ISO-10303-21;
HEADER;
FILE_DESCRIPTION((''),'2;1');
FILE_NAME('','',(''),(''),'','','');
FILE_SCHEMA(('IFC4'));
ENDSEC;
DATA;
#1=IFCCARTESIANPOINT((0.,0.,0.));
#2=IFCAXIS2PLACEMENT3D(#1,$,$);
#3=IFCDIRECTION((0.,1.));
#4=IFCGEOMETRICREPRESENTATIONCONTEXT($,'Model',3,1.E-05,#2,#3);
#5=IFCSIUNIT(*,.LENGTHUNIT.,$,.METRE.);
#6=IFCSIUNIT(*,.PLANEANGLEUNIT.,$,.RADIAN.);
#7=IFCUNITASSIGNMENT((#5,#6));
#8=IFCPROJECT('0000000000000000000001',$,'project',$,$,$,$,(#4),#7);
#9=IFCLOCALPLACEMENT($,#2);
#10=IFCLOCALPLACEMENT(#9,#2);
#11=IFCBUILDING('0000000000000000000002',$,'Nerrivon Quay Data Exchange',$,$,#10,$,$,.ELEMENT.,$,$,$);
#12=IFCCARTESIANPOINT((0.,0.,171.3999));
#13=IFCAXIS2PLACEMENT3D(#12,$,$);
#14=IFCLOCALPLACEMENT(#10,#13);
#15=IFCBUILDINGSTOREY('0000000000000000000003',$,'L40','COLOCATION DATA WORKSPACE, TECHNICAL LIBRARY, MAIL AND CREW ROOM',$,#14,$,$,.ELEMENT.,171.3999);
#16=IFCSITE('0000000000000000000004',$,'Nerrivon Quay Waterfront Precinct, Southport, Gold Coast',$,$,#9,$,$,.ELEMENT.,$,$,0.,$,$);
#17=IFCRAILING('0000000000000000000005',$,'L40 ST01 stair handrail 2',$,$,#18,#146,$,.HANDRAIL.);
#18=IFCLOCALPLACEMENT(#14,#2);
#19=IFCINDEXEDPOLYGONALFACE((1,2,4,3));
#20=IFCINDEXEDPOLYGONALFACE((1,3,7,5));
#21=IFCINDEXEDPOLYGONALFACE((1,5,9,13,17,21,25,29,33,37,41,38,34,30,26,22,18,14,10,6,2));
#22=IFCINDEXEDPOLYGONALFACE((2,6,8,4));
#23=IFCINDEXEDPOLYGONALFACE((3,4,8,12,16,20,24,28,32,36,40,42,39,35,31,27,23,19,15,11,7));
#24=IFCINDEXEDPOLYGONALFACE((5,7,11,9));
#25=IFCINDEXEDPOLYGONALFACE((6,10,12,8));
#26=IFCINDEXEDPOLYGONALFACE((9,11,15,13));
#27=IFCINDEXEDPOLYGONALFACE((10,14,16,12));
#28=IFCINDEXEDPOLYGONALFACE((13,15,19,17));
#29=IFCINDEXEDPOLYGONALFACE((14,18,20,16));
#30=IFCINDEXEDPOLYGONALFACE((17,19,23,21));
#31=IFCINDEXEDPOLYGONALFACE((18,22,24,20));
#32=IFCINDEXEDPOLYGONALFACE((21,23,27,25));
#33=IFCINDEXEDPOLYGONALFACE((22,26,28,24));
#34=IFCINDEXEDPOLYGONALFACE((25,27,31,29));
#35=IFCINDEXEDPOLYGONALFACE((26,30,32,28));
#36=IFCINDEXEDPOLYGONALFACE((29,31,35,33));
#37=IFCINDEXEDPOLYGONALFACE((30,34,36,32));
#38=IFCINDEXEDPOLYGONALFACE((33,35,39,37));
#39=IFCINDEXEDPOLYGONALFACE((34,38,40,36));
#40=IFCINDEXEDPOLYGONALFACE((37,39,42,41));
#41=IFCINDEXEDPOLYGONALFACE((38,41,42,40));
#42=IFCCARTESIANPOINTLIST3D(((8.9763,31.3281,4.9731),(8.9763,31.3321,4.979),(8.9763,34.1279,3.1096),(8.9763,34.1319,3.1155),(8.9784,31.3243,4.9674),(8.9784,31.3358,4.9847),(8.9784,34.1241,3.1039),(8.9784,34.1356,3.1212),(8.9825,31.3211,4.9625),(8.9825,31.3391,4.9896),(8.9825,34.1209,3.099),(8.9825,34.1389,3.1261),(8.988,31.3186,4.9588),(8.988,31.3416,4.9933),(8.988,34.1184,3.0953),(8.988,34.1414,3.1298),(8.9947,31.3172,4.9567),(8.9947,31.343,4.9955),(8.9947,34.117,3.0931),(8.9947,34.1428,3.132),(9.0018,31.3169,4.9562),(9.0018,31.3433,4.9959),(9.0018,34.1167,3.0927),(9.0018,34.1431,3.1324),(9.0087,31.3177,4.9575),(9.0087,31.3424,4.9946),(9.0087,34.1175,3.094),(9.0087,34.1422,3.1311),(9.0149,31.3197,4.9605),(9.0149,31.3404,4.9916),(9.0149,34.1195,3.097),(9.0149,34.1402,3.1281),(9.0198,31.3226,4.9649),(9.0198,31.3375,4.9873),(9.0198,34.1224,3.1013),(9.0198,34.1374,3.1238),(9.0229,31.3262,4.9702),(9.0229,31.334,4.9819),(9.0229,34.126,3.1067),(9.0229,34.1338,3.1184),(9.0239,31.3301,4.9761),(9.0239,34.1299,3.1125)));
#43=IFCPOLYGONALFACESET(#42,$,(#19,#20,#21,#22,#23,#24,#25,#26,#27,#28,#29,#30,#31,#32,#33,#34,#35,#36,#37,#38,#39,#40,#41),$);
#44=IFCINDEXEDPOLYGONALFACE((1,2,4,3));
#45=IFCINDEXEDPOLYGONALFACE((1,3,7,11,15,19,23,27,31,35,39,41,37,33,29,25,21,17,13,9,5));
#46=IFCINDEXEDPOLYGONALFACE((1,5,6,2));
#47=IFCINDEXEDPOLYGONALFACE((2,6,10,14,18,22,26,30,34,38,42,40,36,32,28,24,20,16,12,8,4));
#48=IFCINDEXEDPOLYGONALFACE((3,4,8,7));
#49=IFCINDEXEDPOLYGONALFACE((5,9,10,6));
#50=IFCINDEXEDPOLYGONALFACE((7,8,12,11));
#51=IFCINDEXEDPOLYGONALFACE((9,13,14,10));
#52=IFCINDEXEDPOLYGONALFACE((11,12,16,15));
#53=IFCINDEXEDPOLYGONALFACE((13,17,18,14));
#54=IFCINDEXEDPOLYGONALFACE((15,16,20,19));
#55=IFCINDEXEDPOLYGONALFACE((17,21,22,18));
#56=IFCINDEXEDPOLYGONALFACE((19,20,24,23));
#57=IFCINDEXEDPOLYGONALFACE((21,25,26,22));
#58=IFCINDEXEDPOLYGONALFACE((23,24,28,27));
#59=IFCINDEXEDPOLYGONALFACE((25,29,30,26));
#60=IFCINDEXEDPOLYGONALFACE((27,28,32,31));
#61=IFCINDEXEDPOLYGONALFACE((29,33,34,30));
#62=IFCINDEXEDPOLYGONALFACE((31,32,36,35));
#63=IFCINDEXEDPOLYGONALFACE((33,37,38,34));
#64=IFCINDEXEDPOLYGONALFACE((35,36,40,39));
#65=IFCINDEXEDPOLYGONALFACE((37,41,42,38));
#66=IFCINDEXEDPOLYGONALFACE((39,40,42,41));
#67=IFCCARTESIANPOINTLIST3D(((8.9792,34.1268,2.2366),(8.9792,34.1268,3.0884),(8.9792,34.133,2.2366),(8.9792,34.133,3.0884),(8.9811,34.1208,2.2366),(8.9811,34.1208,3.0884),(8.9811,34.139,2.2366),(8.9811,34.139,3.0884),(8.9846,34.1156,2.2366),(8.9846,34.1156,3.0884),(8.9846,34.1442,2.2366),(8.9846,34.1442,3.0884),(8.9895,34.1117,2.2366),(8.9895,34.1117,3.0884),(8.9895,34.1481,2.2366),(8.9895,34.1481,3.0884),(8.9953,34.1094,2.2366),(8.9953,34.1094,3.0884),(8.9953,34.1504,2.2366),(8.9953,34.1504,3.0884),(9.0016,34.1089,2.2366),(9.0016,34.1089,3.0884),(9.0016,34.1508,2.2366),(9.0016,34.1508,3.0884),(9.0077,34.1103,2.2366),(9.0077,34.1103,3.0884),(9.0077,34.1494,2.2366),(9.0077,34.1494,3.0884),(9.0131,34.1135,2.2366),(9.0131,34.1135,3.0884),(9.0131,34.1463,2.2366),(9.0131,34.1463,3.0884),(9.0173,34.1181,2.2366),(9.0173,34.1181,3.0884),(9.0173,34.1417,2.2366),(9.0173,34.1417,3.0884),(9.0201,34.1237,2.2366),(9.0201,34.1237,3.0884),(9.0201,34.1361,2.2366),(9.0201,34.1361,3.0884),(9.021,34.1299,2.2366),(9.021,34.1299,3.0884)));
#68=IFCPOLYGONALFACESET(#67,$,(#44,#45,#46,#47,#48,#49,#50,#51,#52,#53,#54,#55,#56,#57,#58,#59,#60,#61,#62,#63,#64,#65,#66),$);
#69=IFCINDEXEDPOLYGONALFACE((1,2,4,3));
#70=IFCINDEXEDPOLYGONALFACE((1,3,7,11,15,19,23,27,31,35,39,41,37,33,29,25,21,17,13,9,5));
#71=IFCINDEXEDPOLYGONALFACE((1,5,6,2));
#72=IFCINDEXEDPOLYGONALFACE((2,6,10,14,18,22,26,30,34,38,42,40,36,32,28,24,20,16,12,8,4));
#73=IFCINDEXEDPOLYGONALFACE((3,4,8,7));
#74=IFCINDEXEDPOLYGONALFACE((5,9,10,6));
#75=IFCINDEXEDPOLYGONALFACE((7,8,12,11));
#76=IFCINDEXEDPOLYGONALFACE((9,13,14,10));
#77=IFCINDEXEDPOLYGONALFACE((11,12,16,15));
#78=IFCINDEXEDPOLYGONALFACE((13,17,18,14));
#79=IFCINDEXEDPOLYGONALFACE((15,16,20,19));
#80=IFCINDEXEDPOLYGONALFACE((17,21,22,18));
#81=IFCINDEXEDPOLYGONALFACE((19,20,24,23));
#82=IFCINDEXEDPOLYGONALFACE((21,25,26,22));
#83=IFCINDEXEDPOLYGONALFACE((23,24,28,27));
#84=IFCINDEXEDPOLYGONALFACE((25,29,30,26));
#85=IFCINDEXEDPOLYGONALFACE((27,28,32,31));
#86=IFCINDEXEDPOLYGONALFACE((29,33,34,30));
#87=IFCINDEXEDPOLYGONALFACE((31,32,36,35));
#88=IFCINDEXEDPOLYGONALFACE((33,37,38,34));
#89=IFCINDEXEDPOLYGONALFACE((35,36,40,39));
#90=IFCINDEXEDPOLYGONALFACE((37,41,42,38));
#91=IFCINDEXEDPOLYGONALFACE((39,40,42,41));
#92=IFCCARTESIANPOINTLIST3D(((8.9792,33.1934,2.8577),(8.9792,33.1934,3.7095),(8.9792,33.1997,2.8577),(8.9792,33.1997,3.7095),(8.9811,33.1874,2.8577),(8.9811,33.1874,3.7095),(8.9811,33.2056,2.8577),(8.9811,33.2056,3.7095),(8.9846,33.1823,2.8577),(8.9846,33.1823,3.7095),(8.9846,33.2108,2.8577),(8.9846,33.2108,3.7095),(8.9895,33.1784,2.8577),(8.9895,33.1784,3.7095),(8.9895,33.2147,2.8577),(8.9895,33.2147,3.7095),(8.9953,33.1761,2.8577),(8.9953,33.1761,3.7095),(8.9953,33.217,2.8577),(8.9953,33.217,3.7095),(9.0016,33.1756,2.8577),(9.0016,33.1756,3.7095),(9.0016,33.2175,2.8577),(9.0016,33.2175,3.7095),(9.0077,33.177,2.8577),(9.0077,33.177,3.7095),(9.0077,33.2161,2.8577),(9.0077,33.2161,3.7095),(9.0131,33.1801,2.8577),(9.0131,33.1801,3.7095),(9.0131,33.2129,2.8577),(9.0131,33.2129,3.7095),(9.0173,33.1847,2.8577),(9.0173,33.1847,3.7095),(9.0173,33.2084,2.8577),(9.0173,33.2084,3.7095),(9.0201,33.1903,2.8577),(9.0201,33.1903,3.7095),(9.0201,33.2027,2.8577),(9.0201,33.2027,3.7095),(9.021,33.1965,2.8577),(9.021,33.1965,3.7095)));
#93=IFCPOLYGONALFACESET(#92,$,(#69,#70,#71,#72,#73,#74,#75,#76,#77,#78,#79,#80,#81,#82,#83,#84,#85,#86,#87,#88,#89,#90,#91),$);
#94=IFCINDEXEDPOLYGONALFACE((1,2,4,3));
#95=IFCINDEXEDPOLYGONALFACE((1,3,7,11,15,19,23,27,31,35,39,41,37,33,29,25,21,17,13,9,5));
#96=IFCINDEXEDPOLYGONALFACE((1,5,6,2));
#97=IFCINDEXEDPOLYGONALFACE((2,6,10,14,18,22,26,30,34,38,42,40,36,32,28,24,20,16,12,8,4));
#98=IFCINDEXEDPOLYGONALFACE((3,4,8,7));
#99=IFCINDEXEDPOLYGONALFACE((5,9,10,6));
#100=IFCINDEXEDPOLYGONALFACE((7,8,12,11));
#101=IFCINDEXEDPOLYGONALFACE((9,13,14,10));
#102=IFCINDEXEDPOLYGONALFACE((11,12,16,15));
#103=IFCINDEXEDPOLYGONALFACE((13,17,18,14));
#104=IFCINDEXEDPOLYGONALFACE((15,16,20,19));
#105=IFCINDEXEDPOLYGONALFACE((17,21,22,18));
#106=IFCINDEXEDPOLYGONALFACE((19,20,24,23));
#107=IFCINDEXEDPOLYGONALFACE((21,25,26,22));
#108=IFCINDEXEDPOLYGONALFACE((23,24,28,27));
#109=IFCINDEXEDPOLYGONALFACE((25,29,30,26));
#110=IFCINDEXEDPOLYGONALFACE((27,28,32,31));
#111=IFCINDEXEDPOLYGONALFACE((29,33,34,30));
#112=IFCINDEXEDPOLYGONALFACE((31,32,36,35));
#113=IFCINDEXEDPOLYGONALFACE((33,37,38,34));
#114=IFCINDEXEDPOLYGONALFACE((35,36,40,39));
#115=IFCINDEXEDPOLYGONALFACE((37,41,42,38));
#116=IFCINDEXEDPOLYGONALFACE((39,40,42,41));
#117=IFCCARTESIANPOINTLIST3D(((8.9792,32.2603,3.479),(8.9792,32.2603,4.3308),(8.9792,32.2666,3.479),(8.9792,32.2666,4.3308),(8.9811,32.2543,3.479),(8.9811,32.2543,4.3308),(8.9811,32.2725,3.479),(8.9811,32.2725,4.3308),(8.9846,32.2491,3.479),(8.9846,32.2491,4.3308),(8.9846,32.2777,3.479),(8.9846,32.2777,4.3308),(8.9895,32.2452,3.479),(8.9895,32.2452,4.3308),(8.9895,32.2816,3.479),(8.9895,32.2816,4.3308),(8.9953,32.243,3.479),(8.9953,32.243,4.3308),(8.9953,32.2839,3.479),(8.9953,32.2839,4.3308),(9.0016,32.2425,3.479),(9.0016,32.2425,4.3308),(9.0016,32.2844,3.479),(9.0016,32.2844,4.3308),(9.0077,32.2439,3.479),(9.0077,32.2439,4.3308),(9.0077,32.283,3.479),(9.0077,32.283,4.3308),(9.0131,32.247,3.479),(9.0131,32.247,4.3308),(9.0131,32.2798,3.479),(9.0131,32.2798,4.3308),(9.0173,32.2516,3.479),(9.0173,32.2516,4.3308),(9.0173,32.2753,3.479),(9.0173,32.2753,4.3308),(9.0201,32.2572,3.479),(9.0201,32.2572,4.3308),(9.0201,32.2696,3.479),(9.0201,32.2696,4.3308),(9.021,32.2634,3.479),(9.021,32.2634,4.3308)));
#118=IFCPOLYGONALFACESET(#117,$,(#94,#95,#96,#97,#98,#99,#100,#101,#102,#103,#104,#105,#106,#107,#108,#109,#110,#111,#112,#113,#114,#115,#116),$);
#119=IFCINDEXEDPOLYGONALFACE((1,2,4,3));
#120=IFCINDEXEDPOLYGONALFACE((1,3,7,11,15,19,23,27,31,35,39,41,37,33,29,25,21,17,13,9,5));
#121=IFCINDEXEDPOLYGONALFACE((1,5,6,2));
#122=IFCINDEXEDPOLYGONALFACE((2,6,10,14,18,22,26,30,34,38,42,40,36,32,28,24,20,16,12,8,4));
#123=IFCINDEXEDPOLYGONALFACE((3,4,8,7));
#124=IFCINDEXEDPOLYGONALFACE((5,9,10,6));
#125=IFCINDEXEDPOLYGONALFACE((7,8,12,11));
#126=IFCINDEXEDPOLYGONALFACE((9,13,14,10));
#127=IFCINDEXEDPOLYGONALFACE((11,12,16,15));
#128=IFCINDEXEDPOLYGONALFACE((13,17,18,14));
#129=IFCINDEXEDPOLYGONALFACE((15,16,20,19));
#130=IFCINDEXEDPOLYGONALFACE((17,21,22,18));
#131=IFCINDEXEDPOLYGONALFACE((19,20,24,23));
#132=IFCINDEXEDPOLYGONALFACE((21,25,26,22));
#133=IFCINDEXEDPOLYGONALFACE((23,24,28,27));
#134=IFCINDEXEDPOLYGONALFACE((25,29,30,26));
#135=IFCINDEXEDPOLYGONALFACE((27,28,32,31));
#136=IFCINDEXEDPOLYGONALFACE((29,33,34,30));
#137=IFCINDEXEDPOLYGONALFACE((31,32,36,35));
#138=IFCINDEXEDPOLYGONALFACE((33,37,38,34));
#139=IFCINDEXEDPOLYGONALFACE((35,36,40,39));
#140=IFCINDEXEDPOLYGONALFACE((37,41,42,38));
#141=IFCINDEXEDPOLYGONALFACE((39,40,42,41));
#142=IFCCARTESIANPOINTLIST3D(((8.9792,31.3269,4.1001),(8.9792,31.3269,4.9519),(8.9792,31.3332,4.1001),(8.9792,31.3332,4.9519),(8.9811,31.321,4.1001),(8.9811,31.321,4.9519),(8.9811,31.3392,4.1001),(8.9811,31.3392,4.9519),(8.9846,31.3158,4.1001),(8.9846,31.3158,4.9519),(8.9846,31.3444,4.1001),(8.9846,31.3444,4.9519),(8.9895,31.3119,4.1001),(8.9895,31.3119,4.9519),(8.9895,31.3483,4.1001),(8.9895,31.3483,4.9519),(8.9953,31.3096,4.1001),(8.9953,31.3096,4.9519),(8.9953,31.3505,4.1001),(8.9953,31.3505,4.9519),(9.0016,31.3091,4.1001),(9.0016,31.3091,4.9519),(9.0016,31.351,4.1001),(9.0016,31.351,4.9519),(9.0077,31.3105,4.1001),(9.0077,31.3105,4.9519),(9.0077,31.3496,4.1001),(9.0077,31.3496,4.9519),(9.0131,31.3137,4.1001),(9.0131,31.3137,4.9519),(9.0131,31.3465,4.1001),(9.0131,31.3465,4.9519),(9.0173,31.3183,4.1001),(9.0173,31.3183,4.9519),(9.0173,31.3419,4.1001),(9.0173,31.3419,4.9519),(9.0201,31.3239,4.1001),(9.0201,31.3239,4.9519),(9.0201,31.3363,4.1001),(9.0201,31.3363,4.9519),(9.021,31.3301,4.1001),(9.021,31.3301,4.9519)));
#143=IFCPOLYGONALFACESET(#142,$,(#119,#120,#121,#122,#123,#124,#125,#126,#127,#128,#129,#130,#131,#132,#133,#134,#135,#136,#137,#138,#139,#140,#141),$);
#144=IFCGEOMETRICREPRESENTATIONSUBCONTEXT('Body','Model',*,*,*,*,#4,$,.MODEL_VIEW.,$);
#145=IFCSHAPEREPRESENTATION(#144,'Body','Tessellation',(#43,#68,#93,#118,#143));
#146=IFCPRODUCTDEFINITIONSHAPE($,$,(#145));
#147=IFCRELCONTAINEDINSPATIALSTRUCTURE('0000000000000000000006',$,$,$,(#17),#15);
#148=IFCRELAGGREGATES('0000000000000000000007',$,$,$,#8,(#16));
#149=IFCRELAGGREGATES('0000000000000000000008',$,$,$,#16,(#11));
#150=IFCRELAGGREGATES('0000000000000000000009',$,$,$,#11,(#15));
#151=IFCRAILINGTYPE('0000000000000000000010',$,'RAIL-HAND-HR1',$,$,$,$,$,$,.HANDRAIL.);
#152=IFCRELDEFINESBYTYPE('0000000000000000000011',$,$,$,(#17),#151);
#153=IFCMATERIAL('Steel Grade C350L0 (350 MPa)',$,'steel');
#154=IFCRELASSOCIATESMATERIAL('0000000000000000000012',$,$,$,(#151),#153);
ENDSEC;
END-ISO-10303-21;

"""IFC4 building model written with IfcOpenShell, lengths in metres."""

from ifc_helpers import new_model, si_unit, direction, frame, origin, origin_2d, place, context, subcontext, project, spatial, circle, extrude, material, type_object, element, save


model = new_model("IFC4")

# Units and contexts
model_context = context("Model", 3, precision=1e-05, world=origin(), true_north=direction((0.0, 1.0)))
body_context = subcontext(model_context, "Body", "Model", "MODEL_VIEW")
ifc_project = project(units=[si_unit("LENGTHUNIT", "METRE"), si_unit("PLANEANGLEUNIT", "RADIAN")], contexts=[model_context])

# Site, building, storey
site_placement = place(None, origin())
site = spatial("IfcSite", under=ifc_project, at=site_placement, Name="Nerrivon Quay Waterfront Precinct, Southport, Gold Coast", CompositionType="ELEMENT", RefElevation=0.0)
building_placement = place(site_placement, origin())
building = spatial("IfcBuilding", under=site, at=building_placement, Name="Nerrivon Quay Data Exchange", CompositionType="ELEMENT")
storey_placement = place(building_placement, frame((0.0, 0.0, 171.3999)))
storey = spatial("IfcBuildingStorey", under=building, at=storey_placement, Name="L40", Description="COLOCATION DATA WORKSPACE, TECHNICAL LIBRARY, MAIL AND CREW ROOM", CompositionType="ELEMENT", Elevation=171.3999)

# Railing
ifc_material_1 = material(Name="Steel Grade C350L0 (350 MPa)", Category="steel")
railing_type_1 = type_object("IfcRailingType", Name="RAIL-HAND-HR1", PredefinedType="HANDRAIL", material=ifc_material_1)
railing_1_placement = place(storey_placement, frame((9.0, 34.1299, 2.2366)))
element("IfcRailing", 1, at=railing_1_placement, inside=storey, type_object=railing_type_1, Name="L40 ST01 stair handrail 2", PredefinedType="HANDRAIL", context=body_context, shape_type="SweptSolid", body=[
    extrude(circle(Radius=0.0239, at=origin_2d()), frame((0.0, 0.0, 0.876), z_axis=(0.0, -0.832463, 0.55408), x_axis=(1.0, 0.0, 0.0)), (0.0, 0.0, 1.0), 3.3633),
    extrude(circle(Radius=0.021, at=origin_2d()), origin(), (0.0, 0.0, 1.0), 0.8518),
    extrude(circle(Radius=0.021, at=origin_2d()), frame((0.0, -0.9333, 0.6211)), (0.0, 0.0, 1.0), 0.8518),
    extrude(circle(Radius=0.021, at=origin_2d()), frame((0.0, -1.8665, 1.2424)), (0.0, 0.0, 1.0), 0.8518),
    extrude(circle(Radius=0.021, at=origin_2d()), frame((0.0, -2.7998, 1.8635)), (0.0, 0.0, 1.0), 0.8518),
])

save(model, "model.ifc")
